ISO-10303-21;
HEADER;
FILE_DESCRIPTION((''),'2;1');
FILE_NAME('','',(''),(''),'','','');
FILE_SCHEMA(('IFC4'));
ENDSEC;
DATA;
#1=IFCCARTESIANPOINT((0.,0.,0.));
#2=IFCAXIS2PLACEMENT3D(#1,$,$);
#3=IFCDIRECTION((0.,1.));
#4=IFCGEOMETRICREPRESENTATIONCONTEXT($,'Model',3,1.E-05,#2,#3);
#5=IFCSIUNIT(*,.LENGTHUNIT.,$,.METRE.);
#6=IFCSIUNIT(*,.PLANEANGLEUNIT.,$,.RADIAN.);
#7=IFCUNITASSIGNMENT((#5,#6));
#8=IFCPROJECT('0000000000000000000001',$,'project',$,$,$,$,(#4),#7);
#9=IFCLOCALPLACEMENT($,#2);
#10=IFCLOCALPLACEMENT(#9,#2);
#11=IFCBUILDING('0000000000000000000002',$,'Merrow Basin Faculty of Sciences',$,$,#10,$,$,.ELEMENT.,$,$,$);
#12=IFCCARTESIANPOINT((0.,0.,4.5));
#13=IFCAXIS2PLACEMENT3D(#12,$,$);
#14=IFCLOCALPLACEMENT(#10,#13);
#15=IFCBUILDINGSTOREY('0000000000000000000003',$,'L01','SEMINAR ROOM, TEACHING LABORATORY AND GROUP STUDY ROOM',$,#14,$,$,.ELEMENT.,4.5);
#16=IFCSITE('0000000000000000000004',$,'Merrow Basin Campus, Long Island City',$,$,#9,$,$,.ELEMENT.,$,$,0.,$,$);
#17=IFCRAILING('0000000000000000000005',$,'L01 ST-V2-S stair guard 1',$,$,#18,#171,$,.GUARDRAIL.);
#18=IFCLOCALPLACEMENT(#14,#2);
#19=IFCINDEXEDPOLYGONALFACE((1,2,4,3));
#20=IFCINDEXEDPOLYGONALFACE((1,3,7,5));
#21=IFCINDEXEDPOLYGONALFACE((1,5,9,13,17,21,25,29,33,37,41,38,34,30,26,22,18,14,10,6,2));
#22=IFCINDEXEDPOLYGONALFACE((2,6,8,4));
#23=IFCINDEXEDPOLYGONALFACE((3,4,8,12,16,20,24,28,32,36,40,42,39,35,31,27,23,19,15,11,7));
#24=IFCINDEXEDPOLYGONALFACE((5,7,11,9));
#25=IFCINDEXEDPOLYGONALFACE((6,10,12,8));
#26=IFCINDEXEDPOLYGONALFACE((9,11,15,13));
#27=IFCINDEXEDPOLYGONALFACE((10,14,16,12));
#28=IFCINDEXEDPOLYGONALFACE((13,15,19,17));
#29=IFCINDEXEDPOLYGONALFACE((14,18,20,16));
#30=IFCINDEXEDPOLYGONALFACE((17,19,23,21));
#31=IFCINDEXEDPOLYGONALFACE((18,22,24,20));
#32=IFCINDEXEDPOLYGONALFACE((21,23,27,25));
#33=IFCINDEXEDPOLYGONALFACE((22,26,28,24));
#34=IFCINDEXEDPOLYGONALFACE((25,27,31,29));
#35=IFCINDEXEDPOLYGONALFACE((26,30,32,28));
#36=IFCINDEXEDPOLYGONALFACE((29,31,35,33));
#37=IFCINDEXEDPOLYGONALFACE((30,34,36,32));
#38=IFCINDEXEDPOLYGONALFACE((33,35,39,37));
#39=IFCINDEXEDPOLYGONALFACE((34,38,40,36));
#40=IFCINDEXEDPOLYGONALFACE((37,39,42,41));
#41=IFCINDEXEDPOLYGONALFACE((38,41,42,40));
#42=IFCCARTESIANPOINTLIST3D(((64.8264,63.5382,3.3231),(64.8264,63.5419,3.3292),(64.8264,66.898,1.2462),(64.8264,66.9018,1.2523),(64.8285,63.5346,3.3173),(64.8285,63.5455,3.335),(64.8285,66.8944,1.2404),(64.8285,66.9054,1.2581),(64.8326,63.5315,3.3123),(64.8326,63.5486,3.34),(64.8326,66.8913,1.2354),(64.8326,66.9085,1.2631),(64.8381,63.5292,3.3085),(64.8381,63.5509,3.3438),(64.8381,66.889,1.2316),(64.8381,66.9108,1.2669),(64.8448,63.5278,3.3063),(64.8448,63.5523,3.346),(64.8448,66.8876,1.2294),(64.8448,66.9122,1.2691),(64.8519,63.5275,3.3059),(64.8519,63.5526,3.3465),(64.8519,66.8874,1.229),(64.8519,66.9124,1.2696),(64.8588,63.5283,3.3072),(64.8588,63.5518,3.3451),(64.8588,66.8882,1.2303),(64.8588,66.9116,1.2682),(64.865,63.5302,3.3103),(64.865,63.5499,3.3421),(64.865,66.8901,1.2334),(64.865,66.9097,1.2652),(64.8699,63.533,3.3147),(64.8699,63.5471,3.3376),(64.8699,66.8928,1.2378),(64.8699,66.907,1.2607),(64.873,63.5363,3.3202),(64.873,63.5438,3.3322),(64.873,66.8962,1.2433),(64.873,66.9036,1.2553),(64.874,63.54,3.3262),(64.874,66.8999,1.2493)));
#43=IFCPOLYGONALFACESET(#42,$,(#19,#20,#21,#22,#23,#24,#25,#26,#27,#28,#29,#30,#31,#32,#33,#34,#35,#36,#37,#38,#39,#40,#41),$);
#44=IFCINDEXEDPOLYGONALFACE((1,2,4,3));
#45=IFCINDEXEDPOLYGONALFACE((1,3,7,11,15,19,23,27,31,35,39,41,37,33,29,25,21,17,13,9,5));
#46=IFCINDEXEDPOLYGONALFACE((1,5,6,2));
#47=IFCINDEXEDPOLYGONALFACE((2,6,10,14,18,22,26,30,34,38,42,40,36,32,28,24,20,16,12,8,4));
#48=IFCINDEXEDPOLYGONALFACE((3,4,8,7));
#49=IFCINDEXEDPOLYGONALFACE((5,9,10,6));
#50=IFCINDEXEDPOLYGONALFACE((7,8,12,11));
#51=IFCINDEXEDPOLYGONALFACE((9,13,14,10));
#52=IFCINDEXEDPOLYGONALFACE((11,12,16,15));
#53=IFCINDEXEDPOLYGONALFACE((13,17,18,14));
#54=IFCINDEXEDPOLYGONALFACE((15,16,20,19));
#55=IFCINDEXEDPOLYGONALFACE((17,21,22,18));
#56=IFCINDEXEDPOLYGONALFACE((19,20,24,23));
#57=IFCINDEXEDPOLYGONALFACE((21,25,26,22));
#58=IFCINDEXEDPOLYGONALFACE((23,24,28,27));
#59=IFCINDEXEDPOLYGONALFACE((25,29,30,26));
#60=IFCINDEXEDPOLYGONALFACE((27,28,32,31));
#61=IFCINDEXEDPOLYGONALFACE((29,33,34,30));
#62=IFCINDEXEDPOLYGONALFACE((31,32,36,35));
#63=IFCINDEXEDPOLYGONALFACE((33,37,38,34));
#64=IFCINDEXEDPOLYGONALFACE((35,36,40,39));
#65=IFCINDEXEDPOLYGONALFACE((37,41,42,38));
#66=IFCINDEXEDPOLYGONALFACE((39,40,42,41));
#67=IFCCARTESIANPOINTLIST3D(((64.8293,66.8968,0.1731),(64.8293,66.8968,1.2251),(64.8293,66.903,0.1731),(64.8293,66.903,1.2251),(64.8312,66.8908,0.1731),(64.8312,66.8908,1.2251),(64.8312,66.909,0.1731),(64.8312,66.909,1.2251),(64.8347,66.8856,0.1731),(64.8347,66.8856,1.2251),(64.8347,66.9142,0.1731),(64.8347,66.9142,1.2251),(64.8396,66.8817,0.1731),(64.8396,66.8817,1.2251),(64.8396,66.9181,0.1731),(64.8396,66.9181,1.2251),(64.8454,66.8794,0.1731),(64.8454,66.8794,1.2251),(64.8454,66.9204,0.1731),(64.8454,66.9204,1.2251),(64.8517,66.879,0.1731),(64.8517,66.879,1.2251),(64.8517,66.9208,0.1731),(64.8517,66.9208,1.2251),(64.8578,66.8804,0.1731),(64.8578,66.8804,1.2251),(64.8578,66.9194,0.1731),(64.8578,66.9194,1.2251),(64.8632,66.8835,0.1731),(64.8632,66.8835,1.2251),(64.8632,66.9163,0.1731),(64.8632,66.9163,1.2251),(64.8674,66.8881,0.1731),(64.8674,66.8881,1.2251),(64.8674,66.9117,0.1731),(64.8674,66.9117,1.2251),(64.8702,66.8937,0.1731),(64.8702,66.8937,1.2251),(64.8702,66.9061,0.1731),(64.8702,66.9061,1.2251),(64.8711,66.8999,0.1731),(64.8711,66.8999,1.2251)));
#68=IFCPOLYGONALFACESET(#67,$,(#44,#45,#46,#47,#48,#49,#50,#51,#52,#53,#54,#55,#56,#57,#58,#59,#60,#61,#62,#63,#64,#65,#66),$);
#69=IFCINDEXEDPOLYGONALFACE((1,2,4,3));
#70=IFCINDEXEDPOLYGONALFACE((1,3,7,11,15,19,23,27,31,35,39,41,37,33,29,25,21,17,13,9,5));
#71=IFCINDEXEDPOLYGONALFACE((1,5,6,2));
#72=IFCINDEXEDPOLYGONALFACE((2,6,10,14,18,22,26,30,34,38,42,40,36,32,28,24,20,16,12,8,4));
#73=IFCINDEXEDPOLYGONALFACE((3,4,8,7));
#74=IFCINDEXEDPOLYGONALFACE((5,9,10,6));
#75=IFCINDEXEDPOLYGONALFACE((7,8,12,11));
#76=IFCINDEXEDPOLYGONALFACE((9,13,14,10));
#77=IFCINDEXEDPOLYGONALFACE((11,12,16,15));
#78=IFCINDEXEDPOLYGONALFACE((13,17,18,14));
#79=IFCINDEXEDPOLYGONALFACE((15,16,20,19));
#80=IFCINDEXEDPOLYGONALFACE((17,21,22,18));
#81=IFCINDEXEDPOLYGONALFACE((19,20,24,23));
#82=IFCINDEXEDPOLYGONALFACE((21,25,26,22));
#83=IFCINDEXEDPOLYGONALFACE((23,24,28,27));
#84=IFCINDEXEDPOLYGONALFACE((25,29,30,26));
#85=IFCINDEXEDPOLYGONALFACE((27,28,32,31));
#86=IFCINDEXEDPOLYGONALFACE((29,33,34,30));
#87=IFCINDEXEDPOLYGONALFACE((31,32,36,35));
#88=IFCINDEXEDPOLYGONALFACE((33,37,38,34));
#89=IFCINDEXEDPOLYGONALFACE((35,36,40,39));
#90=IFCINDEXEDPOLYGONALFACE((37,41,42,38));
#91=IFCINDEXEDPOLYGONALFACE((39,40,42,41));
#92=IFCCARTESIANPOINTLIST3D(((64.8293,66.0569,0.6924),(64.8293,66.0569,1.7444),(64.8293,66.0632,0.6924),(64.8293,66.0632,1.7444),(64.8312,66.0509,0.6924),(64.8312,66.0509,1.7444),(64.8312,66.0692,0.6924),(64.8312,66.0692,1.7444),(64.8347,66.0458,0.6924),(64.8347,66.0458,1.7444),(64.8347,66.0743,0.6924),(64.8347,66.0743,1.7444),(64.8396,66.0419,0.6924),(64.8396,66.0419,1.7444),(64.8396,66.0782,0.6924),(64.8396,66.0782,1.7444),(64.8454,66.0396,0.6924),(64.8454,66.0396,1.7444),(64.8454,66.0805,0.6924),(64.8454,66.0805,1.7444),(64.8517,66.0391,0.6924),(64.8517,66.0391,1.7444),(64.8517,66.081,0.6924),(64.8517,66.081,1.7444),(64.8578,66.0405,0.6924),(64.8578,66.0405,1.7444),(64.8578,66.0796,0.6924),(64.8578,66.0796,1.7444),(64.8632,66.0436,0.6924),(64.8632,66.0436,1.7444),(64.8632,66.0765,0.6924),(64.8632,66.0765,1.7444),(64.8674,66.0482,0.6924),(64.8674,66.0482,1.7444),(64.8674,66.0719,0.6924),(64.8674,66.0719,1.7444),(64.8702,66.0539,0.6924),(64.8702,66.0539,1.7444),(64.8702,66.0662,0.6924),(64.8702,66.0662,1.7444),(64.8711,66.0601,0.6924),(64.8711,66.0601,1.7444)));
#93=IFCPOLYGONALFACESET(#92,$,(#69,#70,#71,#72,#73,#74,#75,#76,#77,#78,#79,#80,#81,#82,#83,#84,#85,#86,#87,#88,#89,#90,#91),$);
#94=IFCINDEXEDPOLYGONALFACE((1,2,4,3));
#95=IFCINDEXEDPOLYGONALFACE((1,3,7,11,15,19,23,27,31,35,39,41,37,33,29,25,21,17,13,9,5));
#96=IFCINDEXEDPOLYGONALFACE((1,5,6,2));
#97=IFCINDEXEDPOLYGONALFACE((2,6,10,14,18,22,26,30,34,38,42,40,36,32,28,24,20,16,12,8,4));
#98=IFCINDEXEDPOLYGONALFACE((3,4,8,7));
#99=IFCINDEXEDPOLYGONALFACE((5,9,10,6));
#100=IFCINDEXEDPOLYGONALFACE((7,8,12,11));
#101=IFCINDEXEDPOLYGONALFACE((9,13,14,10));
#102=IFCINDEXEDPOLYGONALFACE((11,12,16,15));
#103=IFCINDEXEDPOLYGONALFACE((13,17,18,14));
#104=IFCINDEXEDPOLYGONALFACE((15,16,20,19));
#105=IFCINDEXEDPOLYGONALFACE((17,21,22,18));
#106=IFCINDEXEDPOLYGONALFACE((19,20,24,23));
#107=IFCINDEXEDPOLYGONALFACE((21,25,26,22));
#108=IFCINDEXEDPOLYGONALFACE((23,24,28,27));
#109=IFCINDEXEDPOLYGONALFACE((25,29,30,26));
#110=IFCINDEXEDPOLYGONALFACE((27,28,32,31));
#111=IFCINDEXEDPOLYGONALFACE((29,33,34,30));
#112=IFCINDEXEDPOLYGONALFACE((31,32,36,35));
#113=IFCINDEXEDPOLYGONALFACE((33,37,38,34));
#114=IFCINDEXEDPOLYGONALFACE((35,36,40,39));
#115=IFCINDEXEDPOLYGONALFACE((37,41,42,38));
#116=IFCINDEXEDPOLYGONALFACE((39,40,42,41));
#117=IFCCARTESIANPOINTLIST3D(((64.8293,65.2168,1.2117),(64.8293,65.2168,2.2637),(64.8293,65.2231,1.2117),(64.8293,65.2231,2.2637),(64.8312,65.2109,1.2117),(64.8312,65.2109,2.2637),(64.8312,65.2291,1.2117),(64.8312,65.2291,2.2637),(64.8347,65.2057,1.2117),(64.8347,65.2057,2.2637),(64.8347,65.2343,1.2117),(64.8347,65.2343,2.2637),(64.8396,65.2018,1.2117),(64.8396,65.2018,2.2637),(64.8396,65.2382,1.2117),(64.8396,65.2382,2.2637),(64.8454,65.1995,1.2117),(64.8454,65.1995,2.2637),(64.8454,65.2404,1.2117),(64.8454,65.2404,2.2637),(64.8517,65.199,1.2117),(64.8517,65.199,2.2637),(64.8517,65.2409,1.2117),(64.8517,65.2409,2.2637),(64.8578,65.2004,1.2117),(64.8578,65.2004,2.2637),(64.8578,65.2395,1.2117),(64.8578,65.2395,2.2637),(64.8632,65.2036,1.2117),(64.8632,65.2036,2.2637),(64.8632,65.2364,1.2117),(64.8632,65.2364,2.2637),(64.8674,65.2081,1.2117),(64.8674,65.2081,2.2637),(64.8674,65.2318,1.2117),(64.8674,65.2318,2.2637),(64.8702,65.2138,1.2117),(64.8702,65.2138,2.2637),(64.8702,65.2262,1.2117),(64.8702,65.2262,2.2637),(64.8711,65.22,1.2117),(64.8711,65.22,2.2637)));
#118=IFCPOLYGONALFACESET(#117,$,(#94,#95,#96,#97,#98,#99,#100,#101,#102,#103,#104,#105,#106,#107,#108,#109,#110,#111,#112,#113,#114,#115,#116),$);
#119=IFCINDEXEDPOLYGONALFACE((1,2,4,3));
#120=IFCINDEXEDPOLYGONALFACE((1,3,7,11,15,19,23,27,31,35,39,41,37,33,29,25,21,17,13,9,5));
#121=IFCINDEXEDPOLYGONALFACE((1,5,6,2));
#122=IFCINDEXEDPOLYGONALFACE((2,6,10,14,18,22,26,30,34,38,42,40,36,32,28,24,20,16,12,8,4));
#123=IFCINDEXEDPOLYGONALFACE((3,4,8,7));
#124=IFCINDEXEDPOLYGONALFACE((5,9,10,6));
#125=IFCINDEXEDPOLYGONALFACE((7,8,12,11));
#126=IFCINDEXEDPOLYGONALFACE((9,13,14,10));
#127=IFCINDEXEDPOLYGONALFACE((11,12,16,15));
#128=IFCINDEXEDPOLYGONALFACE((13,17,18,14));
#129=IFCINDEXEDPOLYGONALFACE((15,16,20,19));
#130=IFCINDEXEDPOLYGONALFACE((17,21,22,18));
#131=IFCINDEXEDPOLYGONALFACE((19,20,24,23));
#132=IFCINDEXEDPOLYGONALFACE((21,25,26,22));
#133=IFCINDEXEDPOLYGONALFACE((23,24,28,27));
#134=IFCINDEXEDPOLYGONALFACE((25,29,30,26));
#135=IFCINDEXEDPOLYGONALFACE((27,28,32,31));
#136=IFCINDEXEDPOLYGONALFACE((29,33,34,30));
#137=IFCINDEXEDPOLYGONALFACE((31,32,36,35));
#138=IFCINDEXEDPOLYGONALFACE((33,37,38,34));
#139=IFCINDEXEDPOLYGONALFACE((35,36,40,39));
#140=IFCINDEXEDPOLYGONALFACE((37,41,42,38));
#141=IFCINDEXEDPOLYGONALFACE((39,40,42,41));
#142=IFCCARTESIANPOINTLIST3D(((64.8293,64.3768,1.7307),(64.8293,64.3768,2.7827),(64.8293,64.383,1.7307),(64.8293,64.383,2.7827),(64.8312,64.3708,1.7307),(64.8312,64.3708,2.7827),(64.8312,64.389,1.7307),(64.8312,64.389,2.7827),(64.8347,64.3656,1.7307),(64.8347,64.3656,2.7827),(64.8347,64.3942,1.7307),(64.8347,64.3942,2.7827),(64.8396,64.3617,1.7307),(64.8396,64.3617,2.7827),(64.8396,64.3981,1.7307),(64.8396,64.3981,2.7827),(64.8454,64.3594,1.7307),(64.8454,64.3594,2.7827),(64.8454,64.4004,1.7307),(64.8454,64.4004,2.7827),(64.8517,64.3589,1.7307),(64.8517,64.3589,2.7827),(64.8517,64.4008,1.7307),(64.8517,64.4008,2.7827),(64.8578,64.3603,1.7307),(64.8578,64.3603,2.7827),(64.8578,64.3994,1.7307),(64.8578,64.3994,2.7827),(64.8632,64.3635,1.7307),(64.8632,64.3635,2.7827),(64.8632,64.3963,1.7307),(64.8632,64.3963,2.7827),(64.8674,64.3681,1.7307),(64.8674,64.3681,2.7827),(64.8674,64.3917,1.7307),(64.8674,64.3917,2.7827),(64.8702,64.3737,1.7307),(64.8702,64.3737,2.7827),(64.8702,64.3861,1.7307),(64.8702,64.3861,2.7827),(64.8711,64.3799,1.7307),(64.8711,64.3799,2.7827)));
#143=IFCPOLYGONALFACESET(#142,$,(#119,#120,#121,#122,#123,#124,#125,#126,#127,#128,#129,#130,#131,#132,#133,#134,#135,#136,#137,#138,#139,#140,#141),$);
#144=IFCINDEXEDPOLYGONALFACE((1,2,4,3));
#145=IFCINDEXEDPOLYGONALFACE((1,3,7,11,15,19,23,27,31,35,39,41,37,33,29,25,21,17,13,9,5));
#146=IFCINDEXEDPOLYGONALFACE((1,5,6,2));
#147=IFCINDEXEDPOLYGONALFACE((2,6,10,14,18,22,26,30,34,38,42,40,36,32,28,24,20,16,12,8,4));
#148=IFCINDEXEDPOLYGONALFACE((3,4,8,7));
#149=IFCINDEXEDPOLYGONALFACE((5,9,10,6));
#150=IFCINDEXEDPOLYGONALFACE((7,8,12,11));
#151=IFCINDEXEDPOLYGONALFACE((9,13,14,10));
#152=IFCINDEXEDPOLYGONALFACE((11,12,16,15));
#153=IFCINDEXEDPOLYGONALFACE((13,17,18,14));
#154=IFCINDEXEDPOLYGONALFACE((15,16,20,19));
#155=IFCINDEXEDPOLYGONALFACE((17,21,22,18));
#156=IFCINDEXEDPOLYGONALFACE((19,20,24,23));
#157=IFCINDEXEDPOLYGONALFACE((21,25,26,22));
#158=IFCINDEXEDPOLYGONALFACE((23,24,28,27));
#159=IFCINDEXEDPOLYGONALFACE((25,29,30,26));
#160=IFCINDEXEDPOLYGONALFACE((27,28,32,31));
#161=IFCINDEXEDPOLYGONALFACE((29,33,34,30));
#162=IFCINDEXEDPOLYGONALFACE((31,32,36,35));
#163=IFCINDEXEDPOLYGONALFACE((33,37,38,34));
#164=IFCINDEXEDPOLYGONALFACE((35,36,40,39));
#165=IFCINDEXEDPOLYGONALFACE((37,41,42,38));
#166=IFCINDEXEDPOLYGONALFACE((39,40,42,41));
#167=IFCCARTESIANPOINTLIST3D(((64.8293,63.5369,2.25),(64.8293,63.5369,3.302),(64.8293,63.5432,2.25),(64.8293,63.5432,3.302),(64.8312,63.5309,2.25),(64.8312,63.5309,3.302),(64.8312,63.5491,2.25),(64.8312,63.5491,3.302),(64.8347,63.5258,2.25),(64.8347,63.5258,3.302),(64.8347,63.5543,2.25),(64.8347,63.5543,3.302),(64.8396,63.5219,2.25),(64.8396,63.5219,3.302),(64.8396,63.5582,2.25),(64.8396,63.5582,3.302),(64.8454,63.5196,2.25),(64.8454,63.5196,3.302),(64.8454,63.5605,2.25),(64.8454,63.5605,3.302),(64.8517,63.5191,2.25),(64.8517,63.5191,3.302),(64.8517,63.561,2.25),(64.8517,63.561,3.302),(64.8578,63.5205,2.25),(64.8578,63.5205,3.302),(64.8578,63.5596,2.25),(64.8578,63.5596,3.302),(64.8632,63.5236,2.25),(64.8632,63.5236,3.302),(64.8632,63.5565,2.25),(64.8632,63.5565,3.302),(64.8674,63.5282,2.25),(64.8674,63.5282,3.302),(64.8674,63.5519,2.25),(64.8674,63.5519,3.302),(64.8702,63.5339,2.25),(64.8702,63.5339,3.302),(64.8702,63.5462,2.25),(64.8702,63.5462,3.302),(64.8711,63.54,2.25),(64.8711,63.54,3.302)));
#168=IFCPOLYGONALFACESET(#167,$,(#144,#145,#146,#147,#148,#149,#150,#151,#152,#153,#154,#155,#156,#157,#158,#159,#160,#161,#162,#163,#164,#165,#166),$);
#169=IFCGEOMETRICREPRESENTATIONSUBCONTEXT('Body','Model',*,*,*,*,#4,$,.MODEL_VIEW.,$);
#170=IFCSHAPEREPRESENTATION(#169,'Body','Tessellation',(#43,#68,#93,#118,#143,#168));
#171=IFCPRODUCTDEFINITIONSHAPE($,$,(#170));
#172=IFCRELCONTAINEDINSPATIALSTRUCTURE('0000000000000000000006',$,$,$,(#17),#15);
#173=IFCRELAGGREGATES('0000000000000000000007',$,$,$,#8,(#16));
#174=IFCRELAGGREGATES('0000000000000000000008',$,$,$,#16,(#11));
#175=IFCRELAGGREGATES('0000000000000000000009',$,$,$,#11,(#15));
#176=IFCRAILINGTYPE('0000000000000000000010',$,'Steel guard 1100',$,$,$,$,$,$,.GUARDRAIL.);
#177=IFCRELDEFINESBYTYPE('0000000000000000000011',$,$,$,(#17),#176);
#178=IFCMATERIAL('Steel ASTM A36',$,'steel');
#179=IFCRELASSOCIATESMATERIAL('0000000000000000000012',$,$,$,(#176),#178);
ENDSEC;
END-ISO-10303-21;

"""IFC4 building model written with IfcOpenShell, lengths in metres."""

from ifc_helpers import new_model, si_unit, direction, frame, origin, origin_2d, place, context, subcontext, project, spatial, circle, extrude, material, type_object, element, save


model = new_model("IFC4")

# Units and contexts
model_context = context("Model", 3, precision=1e-05, world=origin(), true_north=direction((0.0, 1.0)))
body_context = subcontext(model_context, "Body", "Model", "MODEL_VIEW")
ifc_project = project(units=[si_unit("LENGTHUNIT", "METRE"), si_unit("PLANEANGLEUNIT", "RADIAN")], contexts=[model_context])

# Site, building, storey
site_placement = place(None, origin())
site = spatial("IfcSite", under=ifc_project, at=site_placement, Name="Merrow Basin Campus, Long Island City", CompositionType="ELEMENT", RefElevation=0.0)
building_placement = place(site_placement, origin())
building = spatial("IfcBuilding", under=site, at=building_placement, Name="Merrow Basin Faculty of Sciences", CompositionType="ELEMENT")
storey_placement = place(building_placement, frame((0.0, 0.0, 4.5)))
storey = spatial("IfcBuildingStorey", under=building, at=storey_placement, Name="L01", Description="SEMINAR ROOM, TEACHING LABORATORY AND GROUP STUDY ROOM", CompositionType="ELEMENT", Elevation=4.5)

# Railing
ifc_material_1 = material(Name="Steel ASTM A36", Category="steel")
railing_type_1 = type_object("IfcRailingType", Name="Steel guard 1100", PredefinedType="GUARDRAIL", material=ifc_material_1)
railing_1_placement = place(storey_placement, frame((64.8501, 66.8999, 0.1731)))
element("IfcRailing", 1, at=railing_1_placement, inside=storey, type_object=railing_type_1, Name="L01 ST-V2-S stair guard 1", PredefinedType="GUARDRAIL", context=body_context, shape_type="SweptSolid", body=[
    extrude(circle(Radius=0.0239, at=origin_2d()), frame((0.0, 0.0, 1.0762), z_axis=(0.0, -0.850606, 0.525803), x_axis=(1.0, 0.0, 0.0)), (0.0, 0.0, 1.0), 3.95),
    extrude(circle(Radius=0.021, at=origin_2d()), origin(), (0.0, 0.0, 1.0), 1.052),
    extrude(circle(Radius=0.021, at=origin_2d()), frame((0.0, -0.8398, 0.5193)), (0.0, 0.0, 1.0), 1.052),
    extrude(circle(Radius=0.021, at=origin_2d()), frame((0.0, -1.6799, 1.0386)), (0.0, 0.0, 1.0), 1.052),
    extrude(circle(Radius=0.021, at=origin_2d()), frame((0.0, -2.52, 1.5576)), (0.0, 0.0, 1.0), 1.052),
    extrude(circle(Radius=0.021, at=origin_2d()), frame((0.0, -3.3599, 2.0769)), (0.0, 0.0, 1.0), 1.052),
])

save(model, "model.ifc")
